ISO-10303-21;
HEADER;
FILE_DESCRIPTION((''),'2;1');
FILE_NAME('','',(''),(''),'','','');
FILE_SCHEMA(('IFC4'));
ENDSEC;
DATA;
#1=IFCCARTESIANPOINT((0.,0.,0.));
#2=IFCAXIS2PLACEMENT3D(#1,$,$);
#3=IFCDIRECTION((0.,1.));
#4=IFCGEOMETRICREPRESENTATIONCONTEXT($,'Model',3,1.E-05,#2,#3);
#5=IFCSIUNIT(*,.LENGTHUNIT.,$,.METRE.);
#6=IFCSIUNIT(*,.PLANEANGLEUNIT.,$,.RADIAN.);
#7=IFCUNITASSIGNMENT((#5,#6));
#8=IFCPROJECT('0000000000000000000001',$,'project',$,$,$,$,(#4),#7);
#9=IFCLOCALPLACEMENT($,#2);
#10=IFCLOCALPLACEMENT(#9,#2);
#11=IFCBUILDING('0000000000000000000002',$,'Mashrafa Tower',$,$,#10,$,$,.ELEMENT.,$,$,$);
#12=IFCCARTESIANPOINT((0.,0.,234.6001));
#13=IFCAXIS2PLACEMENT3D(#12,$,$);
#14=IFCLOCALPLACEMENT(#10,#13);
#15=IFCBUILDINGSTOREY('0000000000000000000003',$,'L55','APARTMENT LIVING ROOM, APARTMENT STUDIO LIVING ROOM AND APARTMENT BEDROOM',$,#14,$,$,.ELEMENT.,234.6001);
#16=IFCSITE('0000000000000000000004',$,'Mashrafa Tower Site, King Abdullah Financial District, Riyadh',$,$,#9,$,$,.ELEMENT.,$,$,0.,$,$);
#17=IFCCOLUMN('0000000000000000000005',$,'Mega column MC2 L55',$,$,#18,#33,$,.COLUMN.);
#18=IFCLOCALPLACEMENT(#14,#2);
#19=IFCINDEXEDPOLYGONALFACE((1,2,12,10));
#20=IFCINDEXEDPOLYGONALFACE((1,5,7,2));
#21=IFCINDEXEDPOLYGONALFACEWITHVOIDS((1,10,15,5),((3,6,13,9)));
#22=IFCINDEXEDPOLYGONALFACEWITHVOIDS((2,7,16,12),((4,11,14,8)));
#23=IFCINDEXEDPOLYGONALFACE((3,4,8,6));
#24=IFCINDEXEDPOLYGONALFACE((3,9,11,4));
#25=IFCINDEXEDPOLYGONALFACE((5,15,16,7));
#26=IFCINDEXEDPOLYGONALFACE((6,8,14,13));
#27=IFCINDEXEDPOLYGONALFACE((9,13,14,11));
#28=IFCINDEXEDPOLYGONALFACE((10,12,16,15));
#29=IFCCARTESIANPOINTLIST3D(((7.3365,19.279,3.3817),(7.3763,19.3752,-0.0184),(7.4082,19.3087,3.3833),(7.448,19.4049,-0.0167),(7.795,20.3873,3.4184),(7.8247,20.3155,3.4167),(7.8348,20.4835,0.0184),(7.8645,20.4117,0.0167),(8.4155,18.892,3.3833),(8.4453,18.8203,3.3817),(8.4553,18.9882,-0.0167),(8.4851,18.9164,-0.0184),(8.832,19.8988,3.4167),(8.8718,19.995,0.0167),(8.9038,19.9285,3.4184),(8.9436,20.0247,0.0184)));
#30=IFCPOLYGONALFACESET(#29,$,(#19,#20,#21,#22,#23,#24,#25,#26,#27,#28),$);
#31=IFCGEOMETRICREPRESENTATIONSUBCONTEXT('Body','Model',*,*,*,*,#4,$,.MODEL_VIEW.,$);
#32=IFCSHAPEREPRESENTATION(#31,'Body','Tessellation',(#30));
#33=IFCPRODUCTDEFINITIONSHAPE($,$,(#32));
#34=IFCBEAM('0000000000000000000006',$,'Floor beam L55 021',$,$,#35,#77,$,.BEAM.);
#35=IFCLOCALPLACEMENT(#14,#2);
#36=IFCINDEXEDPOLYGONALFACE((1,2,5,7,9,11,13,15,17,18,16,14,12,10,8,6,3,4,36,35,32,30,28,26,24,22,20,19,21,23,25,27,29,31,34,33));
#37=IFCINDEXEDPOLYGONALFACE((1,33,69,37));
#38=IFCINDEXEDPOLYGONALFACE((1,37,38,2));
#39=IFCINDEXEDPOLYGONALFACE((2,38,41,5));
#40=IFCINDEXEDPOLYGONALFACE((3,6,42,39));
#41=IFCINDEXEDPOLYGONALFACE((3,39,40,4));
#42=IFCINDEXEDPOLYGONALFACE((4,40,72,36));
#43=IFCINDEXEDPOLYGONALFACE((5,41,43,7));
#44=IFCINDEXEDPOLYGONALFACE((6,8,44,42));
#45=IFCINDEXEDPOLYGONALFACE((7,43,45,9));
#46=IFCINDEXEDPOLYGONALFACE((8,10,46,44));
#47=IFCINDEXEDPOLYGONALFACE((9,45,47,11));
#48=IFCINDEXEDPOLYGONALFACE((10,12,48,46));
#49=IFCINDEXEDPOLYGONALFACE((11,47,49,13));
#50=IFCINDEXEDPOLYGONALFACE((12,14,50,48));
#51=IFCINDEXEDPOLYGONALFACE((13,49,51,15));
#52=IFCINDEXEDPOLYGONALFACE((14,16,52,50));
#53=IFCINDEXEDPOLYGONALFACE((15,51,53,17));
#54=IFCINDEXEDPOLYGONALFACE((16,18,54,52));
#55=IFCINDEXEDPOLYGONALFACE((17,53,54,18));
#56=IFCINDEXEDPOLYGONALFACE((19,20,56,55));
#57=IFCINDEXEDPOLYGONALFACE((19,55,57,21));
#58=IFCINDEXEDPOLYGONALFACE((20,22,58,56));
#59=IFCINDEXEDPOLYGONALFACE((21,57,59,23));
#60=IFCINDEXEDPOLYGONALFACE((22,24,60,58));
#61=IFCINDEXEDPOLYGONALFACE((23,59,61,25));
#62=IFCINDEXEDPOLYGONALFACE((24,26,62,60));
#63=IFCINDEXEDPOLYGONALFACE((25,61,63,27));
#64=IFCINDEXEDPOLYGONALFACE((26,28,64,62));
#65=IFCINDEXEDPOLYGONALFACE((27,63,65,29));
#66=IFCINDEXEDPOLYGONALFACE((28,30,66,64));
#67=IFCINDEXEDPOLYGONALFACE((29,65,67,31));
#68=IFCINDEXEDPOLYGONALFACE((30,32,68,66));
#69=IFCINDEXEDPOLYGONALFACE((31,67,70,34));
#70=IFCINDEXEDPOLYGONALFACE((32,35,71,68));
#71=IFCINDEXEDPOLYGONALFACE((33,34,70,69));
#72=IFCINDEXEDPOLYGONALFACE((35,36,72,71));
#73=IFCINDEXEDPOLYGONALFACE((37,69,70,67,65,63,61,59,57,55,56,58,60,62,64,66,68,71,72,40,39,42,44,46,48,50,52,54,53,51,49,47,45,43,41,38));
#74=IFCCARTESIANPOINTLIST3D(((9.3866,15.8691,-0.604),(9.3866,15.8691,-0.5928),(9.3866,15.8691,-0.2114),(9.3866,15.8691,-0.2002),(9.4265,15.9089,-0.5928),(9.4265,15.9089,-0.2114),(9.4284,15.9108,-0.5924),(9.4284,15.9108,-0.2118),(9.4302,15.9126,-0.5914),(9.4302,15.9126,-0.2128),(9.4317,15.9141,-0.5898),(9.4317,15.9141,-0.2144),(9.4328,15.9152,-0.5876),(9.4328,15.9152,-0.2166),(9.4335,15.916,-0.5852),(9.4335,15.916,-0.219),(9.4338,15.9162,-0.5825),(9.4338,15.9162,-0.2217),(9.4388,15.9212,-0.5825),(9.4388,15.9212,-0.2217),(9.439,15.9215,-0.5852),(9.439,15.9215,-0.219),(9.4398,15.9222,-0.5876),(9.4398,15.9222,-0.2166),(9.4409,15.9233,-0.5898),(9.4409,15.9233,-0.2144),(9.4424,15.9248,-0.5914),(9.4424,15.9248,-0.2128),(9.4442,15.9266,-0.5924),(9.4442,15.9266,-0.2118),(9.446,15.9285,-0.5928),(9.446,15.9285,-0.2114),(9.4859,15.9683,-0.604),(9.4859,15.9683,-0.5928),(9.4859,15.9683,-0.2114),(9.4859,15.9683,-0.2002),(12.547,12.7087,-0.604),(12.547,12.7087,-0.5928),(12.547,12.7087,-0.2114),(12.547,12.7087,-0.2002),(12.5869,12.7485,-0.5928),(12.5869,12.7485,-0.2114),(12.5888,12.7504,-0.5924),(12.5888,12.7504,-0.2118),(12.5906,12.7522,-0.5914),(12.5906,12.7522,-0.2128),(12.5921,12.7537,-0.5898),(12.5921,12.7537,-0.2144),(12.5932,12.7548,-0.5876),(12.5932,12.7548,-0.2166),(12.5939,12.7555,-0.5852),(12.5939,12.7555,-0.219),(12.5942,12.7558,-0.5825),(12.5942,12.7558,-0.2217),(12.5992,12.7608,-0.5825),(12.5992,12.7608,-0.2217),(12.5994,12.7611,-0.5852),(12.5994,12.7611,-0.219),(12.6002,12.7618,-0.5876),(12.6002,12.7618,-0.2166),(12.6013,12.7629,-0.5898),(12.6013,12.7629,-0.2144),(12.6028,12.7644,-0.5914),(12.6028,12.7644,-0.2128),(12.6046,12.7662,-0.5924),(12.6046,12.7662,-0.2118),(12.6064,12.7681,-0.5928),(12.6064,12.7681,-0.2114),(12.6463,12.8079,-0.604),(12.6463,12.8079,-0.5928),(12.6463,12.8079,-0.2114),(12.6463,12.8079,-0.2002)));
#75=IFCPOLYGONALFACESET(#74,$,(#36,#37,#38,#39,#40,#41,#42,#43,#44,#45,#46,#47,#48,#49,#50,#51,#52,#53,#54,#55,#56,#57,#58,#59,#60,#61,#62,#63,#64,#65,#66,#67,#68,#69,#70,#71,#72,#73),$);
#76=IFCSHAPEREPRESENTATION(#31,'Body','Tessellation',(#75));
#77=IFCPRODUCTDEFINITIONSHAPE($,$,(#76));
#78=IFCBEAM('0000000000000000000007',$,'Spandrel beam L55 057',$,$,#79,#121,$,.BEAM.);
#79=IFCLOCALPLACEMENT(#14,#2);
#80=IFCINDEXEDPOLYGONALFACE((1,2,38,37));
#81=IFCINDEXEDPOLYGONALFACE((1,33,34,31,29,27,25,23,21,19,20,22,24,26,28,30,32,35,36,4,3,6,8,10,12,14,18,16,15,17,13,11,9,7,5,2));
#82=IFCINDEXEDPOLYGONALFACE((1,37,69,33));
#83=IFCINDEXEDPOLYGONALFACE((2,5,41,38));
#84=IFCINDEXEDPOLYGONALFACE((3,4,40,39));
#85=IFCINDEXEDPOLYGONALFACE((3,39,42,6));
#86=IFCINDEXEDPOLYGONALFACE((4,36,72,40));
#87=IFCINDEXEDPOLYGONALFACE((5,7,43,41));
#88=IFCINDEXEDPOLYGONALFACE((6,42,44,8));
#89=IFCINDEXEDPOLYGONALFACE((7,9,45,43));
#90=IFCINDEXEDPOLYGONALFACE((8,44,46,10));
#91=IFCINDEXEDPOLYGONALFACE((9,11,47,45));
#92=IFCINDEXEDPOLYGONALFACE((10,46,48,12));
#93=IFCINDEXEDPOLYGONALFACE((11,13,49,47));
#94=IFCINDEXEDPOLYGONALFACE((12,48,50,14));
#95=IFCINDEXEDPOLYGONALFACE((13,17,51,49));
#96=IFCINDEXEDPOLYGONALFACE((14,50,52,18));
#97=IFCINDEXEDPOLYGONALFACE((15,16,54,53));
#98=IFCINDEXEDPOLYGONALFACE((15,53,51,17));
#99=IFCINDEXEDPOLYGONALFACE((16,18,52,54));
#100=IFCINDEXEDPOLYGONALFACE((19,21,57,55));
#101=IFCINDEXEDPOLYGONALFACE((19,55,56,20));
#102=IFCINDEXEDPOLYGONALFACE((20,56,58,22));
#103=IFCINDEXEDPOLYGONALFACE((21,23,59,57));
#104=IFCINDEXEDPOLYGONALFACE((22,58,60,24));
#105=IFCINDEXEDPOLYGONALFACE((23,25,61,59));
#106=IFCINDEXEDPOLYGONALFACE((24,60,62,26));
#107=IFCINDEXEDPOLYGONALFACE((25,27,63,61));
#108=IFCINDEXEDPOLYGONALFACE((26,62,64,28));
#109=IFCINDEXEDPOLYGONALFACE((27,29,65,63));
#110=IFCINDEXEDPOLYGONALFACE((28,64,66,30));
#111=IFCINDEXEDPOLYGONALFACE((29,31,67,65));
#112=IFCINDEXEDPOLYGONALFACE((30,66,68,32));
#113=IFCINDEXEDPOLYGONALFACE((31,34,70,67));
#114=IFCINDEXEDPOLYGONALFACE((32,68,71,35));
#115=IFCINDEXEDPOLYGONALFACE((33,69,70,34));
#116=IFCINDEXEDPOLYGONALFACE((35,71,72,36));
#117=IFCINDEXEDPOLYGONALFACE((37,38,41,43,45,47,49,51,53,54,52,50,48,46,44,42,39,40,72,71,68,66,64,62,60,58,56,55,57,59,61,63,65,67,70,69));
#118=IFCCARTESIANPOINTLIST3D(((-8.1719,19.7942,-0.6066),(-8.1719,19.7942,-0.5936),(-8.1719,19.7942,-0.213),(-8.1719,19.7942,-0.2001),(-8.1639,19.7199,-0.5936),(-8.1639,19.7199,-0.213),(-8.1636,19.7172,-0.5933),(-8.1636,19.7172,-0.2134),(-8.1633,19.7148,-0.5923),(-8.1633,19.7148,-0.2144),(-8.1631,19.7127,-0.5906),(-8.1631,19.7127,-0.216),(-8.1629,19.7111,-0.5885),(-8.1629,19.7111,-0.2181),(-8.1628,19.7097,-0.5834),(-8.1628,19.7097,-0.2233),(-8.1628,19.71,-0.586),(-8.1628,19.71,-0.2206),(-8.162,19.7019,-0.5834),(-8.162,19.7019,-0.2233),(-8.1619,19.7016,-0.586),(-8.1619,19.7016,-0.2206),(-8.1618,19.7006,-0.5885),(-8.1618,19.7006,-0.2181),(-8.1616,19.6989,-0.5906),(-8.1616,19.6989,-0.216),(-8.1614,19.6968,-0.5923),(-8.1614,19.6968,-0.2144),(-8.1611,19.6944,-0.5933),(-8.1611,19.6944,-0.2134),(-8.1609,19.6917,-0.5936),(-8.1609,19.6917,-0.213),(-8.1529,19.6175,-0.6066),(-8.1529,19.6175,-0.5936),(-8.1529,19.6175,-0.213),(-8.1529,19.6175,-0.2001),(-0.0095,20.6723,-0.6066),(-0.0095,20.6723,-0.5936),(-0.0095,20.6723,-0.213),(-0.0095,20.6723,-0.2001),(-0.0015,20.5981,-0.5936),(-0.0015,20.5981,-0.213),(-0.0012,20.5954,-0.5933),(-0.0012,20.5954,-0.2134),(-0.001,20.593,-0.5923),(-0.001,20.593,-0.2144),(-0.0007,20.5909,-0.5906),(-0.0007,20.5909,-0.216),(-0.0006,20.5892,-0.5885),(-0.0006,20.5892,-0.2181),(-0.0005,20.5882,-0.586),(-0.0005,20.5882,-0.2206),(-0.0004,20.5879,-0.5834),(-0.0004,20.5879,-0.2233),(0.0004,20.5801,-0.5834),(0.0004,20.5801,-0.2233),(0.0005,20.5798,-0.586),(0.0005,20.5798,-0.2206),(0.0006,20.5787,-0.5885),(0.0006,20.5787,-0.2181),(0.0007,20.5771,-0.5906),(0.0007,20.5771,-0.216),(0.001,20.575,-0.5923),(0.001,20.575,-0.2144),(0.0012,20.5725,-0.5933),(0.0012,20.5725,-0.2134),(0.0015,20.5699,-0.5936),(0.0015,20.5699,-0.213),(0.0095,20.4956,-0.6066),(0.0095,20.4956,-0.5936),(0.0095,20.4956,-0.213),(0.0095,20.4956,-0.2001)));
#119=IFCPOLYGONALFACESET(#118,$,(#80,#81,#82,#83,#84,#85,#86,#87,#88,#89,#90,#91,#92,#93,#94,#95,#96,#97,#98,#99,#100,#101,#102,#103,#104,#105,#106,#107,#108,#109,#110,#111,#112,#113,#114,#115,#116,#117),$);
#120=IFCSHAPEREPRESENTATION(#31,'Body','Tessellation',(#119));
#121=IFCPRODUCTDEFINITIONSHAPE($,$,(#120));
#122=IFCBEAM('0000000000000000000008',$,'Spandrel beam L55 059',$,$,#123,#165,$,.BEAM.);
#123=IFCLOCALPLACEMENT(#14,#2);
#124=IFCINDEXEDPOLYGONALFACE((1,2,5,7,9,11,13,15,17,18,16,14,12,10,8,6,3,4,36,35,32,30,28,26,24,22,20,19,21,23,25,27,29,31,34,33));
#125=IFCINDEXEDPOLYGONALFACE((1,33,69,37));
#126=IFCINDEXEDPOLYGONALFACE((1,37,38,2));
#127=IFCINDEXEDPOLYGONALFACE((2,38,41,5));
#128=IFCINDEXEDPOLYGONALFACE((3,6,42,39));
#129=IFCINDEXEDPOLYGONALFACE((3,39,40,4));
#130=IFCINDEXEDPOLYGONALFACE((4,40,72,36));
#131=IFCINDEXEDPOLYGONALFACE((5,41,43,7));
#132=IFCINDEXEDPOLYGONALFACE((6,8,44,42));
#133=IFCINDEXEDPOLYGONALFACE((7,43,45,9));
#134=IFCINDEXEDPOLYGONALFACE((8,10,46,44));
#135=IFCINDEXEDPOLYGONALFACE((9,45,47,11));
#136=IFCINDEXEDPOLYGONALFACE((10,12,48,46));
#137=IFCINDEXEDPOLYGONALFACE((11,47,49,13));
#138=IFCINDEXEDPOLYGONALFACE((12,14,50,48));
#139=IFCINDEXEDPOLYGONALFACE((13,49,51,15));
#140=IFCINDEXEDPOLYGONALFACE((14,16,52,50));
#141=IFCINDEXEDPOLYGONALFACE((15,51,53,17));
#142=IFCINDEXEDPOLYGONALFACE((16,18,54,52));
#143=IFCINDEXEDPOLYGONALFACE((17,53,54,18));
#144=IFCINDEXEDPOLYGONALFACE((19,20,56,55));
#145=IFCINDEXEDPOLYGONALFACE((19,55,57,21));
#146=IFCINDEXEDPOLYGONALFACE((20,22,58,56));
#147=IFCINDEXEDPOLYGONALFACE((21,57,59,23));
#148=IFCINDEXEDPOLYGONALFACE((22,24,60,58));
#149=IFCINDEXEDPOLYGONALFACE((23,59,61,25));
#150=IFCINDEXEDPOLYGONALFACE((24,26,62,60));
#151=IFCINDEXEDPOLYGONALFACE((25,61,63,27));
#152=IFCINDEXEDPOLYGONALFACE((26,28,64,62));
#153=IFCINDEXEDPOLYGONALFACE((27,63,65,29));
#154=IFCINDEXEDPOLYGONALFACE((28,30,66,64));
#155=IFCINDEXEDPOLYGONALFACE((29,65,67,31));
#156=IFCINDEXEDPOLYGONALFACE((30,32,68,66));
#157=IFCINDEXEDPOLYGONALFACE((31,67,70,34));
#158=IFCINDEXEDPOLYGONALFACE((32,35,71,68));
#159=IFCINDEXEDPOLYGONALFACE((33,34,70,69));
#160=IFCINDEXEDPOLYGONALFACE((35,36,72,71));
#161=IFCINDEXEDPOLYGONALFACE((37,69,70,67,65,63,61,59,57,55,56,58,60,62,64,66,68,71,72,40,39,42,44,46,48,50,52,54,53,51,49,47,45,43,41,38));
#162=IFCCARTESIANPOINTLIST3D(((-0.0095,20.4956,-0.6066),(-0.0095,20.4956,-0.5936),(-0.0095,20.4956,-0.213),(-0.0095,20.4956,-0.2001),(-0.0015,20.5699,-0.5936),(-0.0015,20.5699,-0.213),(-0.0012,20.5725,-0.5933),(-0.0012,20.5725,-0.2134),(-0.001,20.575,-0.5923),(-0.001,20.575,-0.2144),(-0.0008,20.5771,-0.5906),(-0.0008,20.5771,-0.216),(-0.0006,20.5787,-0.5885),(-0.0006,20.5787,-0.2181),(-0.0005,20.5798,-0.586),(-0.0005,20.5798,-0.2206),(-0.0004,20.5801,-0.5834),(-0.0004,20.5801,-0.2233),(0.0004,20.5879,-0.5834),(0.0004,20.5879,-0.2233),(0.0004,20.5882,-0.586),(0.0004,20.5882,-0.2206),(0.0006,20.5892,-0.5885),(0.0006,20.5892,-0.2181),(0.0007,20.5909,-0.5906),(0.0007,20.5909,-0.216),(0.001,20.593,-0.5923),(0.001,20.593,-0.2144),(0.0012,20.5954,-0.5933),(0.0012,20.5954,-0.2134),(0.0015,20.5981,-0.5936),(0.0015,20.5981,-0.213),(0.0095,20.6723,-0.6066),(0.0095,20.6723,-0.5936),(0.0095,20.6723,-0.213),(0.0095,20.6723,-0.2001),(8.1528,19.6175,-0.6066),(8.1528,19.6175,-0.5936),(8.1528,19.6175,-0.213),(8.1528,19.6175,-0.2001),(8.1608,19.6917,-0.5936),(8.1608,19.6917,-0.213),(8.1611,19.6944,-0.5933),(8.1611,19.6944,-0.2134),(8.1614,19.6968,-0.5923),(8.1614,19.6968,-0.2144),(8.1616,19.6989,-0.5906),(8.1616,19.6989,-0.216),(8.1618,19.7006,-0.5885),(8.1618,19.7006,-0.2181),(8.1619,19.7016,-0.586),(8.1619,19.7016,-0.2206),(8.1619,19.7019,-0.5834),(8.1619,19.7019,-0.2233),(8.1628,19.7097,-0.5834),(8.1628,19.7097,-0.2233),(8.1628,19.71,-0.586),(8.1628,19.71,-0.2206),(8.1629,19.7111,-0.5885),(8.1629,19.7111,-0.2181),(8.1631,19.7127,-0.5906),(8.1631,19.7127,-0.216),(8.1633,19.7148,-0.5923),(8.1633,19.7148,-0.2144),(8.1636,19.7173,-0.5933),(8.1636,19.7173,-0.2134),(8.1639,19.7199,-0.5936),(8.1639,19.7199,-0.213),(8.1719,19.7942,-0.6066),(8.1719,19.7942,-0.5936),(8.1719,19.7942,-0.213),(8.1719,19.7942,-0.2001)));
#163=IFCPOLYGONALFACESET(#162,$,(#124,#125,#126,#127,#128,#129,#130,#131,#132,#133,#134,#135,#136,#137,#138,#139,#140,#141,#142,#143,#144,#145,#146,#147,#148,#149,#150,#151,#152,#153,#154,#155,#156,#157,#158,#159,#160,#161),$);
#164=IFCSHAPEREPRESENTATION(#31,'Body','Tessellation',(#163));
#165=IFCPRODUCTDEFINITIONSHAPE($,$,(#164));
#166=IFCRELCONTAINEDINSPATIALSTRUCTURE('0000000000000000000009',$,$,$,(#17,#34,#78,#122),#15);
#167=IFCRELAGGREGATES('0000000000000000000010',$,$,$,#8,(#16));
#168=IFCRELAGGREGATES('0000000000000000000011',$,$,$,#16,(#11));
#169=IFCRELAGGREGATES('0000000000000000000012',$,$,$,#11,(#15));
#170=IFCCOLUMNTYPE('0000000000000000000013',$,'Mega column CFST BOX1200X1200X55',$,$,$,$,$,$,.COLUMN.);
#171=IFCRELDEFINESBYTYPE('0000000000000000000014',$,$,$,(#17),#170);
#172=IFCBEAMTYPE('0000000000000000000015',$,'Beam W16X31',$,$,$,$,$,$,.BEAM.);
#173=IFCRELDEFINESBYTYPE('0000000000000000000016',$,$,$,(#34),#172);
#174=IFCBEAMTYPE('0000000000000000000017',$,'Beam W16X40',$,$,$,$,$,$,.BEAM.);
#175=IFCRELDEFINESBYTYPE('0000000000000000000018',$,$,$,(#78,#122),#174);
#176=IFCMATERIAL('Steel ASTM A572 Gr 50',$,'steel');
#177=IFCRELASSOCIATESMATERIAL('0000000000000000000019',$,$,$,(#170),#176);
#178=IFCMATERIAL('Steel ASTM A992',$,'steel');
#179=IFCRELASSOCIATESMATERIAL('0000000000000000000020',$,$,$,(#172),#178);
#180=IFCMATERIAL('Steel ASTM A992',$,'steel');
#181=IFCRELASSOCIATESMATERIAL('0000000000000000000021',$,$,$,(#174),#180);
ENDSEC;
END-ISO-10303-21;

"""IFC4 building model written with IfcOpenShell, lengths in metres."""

from ifc_helpers import new_model, si_unit, direction, frame, origin, origin_2d, place, context, subcontext, project, spatial, hollow_rectangle, i_section, extrude, material, material_profile, profile_set, type_object, element, save


model = new_model("IFC4")

# Units and contexts
model_context = context("Model", 3, precision=1e-05, world=origin(), true_north=direction((0.0, 1.0)))
body_context = subcontext(model_context, "Body", "Model", "MODEL_VIEW")
ifc_project = project(units=[si_unit("LENGTHUNIT", "METRE"), si_unit("PLANEANGLEUNIT", "RADIAN")], contexts=[model_context])

# Site, building, storey
site_placement = place(None, origin())
site = spatial("IfcSite", under=ifc_project, at=site_placement, Name="Mashrafa Tower Site, King Abdullah Financial District, Riyadh", CompositionType="ELEMENT", RefElevation=0.0)
building_placement = place(site_placement, origin())
building = spatial("IfcBuilding", under=site, at=building_placement, Name="Mashrafa Tower", CompositionType="ELEMENT")
storey_placement = place(building_placement, frame((0.0, 0.0, 234.6001)))
storey = spatial("IfcBuildingStorey", under=building, at=storey_placement, Name="L55", Description="APARTMENT LIVING ROOM, APARTMENT STUDIO LIVING ROOM AND APARTMENT BEDROOM", CompositionType="ELEMENT", Elevation=234.6001)

# Column
ifc_material_1 = material(Name="Steel ASTM A572 Gr 50", Category="steel")
ifc_material_profile_1 = material_profile(ifc_material_1, hollow_rectangle(XDim=1.2, YDim=1.2, WallThickness=0.0549, at=origin_2d()), Name="BOX1200X1200X55")
ifc_profile_set_1 = profile_set([ifc_material_profile_1], Name="Steel ASTM A572 Gr 50")
column_type = type_object("IfcColumnType", Name="Mega column CFST BOX1200X1200X55", PredefinedType="COLUMN", material=ifc_profile_set_1)
column_placement = place(storey_placement, frame((8.1599, 19.7, 0.0), z_axis=(-0.011699, -0.028279, 0.999532), x_axis=(0.924045, -0.382283, 0.0)))
element("IfcColumn", 1, at=column_placement, inside=storey, type_object=column_type, Name="Mega column MC2 L55", PredefinedType="COLUMN", context=body_context, shape_type="SweptSolid", body=[
    extrude(hollow_rectangle(XDim=1.2, YDim=1.2, WallThickness=0.0549, at=origin_2d()), origin(), (0.0, 0.0, 1.0), 3.4016),
])

# Beams
ifc_material_2 = material(Name="Steel ASTM A992", Category="steel")
ifc_material_profile_2 = material_profile(ifc_material_2, i_section(OverallWidth=0.1404, OverallDepth=0.4038, WebThickness=0.0071, FlangeThickness=0.0112, FilletRadius=0.0103, at=origin_2d()), Name="W16X31")
ifc_profile_set_2 = profile_set([ifc_material_profile_2], Name="Steel ASTM A992")
beam_type_1 = type_object("IfcBeamType", Name="Beam W16X31", PredefinedType="BEAM", material=ifc_profile_set_2)
beam_1_placement = place(storey_placement, frame((9.4363, 15.9187, -0.4021), z_axis=(0.707107, -0.707107, 0.0), x_axis=(0.707107, 0.707107, 0.0)))
element("IfcBeam", 2, at=beam_1_placement, inside=storey, type_object=beam_type_1, Name="Floor beam L55 021", PredefinedType="BEAM", context=body_context, shape_type="SweptSolid", body=[
    extrude(i_section(OverallWidth=0.1404, OverallDepth=0.4038, WebThickness=0.0071, FlangeThickness=0.0112, FilletRadius=0.0103, at=origin_2d()), origin(), (0.0, 0.0, 1.0), 4.4695),
])
ifc_material_3 = material(Name="Steel ASTM A992", Category="steel")
ifc_material_profile_3 = material_profile(ifc_material_3, i_section(OverallWidth=0.1777, OverallDepth=0.4065, WebThickness=0.0078, FlangeThickness=0.0129, FilletRadius=0.0103, at=origin_2d()), Name="W16X40")
ifc_profile_set_3 = profile_set([ifc_material_profile_3], Name="Steel ASTM A992")
beam_type_2 = type_object("IfcBeamType", Name="Beam W16X40", PredefinedType="BEAM", material=ifc_profile_set_3)
for number, where, z_axis, x_axis, name in (
    (3, (0.0, 20.584, -0.4033), (-0.994262, -0.106971, 0.0), (0.106971, -0.994262, 0.0), "Spandrel beam L55 057"),
    (4, (8.1624, 19.7058, -0.4033), (-0.994262, 0.106971, 0.0), (-0.106971, -0.994262, 0.0), "Spandrel beam L55 059"),
):
    element("IfcBeam", number, at=place(storey_placement, frame(where, z_axis=z_axis, x_axis=x_axis)), inside=storey, type_object=beam_type_2, Name=name, PredefinedType="BEAM", context=body_context, shape_type="SweptSolid", body=[
        extrude(i_section(OverallWidth=0.1777, OverallDepth=0.4065, WebThickness=0.0078, FlangeThickness=0.0129, FilletRadius=0.0103, at=origin_2d()), origin(), (0.0, 0.0, 1.0), 8.2095),
    ])

save(model, "model.ifc")
